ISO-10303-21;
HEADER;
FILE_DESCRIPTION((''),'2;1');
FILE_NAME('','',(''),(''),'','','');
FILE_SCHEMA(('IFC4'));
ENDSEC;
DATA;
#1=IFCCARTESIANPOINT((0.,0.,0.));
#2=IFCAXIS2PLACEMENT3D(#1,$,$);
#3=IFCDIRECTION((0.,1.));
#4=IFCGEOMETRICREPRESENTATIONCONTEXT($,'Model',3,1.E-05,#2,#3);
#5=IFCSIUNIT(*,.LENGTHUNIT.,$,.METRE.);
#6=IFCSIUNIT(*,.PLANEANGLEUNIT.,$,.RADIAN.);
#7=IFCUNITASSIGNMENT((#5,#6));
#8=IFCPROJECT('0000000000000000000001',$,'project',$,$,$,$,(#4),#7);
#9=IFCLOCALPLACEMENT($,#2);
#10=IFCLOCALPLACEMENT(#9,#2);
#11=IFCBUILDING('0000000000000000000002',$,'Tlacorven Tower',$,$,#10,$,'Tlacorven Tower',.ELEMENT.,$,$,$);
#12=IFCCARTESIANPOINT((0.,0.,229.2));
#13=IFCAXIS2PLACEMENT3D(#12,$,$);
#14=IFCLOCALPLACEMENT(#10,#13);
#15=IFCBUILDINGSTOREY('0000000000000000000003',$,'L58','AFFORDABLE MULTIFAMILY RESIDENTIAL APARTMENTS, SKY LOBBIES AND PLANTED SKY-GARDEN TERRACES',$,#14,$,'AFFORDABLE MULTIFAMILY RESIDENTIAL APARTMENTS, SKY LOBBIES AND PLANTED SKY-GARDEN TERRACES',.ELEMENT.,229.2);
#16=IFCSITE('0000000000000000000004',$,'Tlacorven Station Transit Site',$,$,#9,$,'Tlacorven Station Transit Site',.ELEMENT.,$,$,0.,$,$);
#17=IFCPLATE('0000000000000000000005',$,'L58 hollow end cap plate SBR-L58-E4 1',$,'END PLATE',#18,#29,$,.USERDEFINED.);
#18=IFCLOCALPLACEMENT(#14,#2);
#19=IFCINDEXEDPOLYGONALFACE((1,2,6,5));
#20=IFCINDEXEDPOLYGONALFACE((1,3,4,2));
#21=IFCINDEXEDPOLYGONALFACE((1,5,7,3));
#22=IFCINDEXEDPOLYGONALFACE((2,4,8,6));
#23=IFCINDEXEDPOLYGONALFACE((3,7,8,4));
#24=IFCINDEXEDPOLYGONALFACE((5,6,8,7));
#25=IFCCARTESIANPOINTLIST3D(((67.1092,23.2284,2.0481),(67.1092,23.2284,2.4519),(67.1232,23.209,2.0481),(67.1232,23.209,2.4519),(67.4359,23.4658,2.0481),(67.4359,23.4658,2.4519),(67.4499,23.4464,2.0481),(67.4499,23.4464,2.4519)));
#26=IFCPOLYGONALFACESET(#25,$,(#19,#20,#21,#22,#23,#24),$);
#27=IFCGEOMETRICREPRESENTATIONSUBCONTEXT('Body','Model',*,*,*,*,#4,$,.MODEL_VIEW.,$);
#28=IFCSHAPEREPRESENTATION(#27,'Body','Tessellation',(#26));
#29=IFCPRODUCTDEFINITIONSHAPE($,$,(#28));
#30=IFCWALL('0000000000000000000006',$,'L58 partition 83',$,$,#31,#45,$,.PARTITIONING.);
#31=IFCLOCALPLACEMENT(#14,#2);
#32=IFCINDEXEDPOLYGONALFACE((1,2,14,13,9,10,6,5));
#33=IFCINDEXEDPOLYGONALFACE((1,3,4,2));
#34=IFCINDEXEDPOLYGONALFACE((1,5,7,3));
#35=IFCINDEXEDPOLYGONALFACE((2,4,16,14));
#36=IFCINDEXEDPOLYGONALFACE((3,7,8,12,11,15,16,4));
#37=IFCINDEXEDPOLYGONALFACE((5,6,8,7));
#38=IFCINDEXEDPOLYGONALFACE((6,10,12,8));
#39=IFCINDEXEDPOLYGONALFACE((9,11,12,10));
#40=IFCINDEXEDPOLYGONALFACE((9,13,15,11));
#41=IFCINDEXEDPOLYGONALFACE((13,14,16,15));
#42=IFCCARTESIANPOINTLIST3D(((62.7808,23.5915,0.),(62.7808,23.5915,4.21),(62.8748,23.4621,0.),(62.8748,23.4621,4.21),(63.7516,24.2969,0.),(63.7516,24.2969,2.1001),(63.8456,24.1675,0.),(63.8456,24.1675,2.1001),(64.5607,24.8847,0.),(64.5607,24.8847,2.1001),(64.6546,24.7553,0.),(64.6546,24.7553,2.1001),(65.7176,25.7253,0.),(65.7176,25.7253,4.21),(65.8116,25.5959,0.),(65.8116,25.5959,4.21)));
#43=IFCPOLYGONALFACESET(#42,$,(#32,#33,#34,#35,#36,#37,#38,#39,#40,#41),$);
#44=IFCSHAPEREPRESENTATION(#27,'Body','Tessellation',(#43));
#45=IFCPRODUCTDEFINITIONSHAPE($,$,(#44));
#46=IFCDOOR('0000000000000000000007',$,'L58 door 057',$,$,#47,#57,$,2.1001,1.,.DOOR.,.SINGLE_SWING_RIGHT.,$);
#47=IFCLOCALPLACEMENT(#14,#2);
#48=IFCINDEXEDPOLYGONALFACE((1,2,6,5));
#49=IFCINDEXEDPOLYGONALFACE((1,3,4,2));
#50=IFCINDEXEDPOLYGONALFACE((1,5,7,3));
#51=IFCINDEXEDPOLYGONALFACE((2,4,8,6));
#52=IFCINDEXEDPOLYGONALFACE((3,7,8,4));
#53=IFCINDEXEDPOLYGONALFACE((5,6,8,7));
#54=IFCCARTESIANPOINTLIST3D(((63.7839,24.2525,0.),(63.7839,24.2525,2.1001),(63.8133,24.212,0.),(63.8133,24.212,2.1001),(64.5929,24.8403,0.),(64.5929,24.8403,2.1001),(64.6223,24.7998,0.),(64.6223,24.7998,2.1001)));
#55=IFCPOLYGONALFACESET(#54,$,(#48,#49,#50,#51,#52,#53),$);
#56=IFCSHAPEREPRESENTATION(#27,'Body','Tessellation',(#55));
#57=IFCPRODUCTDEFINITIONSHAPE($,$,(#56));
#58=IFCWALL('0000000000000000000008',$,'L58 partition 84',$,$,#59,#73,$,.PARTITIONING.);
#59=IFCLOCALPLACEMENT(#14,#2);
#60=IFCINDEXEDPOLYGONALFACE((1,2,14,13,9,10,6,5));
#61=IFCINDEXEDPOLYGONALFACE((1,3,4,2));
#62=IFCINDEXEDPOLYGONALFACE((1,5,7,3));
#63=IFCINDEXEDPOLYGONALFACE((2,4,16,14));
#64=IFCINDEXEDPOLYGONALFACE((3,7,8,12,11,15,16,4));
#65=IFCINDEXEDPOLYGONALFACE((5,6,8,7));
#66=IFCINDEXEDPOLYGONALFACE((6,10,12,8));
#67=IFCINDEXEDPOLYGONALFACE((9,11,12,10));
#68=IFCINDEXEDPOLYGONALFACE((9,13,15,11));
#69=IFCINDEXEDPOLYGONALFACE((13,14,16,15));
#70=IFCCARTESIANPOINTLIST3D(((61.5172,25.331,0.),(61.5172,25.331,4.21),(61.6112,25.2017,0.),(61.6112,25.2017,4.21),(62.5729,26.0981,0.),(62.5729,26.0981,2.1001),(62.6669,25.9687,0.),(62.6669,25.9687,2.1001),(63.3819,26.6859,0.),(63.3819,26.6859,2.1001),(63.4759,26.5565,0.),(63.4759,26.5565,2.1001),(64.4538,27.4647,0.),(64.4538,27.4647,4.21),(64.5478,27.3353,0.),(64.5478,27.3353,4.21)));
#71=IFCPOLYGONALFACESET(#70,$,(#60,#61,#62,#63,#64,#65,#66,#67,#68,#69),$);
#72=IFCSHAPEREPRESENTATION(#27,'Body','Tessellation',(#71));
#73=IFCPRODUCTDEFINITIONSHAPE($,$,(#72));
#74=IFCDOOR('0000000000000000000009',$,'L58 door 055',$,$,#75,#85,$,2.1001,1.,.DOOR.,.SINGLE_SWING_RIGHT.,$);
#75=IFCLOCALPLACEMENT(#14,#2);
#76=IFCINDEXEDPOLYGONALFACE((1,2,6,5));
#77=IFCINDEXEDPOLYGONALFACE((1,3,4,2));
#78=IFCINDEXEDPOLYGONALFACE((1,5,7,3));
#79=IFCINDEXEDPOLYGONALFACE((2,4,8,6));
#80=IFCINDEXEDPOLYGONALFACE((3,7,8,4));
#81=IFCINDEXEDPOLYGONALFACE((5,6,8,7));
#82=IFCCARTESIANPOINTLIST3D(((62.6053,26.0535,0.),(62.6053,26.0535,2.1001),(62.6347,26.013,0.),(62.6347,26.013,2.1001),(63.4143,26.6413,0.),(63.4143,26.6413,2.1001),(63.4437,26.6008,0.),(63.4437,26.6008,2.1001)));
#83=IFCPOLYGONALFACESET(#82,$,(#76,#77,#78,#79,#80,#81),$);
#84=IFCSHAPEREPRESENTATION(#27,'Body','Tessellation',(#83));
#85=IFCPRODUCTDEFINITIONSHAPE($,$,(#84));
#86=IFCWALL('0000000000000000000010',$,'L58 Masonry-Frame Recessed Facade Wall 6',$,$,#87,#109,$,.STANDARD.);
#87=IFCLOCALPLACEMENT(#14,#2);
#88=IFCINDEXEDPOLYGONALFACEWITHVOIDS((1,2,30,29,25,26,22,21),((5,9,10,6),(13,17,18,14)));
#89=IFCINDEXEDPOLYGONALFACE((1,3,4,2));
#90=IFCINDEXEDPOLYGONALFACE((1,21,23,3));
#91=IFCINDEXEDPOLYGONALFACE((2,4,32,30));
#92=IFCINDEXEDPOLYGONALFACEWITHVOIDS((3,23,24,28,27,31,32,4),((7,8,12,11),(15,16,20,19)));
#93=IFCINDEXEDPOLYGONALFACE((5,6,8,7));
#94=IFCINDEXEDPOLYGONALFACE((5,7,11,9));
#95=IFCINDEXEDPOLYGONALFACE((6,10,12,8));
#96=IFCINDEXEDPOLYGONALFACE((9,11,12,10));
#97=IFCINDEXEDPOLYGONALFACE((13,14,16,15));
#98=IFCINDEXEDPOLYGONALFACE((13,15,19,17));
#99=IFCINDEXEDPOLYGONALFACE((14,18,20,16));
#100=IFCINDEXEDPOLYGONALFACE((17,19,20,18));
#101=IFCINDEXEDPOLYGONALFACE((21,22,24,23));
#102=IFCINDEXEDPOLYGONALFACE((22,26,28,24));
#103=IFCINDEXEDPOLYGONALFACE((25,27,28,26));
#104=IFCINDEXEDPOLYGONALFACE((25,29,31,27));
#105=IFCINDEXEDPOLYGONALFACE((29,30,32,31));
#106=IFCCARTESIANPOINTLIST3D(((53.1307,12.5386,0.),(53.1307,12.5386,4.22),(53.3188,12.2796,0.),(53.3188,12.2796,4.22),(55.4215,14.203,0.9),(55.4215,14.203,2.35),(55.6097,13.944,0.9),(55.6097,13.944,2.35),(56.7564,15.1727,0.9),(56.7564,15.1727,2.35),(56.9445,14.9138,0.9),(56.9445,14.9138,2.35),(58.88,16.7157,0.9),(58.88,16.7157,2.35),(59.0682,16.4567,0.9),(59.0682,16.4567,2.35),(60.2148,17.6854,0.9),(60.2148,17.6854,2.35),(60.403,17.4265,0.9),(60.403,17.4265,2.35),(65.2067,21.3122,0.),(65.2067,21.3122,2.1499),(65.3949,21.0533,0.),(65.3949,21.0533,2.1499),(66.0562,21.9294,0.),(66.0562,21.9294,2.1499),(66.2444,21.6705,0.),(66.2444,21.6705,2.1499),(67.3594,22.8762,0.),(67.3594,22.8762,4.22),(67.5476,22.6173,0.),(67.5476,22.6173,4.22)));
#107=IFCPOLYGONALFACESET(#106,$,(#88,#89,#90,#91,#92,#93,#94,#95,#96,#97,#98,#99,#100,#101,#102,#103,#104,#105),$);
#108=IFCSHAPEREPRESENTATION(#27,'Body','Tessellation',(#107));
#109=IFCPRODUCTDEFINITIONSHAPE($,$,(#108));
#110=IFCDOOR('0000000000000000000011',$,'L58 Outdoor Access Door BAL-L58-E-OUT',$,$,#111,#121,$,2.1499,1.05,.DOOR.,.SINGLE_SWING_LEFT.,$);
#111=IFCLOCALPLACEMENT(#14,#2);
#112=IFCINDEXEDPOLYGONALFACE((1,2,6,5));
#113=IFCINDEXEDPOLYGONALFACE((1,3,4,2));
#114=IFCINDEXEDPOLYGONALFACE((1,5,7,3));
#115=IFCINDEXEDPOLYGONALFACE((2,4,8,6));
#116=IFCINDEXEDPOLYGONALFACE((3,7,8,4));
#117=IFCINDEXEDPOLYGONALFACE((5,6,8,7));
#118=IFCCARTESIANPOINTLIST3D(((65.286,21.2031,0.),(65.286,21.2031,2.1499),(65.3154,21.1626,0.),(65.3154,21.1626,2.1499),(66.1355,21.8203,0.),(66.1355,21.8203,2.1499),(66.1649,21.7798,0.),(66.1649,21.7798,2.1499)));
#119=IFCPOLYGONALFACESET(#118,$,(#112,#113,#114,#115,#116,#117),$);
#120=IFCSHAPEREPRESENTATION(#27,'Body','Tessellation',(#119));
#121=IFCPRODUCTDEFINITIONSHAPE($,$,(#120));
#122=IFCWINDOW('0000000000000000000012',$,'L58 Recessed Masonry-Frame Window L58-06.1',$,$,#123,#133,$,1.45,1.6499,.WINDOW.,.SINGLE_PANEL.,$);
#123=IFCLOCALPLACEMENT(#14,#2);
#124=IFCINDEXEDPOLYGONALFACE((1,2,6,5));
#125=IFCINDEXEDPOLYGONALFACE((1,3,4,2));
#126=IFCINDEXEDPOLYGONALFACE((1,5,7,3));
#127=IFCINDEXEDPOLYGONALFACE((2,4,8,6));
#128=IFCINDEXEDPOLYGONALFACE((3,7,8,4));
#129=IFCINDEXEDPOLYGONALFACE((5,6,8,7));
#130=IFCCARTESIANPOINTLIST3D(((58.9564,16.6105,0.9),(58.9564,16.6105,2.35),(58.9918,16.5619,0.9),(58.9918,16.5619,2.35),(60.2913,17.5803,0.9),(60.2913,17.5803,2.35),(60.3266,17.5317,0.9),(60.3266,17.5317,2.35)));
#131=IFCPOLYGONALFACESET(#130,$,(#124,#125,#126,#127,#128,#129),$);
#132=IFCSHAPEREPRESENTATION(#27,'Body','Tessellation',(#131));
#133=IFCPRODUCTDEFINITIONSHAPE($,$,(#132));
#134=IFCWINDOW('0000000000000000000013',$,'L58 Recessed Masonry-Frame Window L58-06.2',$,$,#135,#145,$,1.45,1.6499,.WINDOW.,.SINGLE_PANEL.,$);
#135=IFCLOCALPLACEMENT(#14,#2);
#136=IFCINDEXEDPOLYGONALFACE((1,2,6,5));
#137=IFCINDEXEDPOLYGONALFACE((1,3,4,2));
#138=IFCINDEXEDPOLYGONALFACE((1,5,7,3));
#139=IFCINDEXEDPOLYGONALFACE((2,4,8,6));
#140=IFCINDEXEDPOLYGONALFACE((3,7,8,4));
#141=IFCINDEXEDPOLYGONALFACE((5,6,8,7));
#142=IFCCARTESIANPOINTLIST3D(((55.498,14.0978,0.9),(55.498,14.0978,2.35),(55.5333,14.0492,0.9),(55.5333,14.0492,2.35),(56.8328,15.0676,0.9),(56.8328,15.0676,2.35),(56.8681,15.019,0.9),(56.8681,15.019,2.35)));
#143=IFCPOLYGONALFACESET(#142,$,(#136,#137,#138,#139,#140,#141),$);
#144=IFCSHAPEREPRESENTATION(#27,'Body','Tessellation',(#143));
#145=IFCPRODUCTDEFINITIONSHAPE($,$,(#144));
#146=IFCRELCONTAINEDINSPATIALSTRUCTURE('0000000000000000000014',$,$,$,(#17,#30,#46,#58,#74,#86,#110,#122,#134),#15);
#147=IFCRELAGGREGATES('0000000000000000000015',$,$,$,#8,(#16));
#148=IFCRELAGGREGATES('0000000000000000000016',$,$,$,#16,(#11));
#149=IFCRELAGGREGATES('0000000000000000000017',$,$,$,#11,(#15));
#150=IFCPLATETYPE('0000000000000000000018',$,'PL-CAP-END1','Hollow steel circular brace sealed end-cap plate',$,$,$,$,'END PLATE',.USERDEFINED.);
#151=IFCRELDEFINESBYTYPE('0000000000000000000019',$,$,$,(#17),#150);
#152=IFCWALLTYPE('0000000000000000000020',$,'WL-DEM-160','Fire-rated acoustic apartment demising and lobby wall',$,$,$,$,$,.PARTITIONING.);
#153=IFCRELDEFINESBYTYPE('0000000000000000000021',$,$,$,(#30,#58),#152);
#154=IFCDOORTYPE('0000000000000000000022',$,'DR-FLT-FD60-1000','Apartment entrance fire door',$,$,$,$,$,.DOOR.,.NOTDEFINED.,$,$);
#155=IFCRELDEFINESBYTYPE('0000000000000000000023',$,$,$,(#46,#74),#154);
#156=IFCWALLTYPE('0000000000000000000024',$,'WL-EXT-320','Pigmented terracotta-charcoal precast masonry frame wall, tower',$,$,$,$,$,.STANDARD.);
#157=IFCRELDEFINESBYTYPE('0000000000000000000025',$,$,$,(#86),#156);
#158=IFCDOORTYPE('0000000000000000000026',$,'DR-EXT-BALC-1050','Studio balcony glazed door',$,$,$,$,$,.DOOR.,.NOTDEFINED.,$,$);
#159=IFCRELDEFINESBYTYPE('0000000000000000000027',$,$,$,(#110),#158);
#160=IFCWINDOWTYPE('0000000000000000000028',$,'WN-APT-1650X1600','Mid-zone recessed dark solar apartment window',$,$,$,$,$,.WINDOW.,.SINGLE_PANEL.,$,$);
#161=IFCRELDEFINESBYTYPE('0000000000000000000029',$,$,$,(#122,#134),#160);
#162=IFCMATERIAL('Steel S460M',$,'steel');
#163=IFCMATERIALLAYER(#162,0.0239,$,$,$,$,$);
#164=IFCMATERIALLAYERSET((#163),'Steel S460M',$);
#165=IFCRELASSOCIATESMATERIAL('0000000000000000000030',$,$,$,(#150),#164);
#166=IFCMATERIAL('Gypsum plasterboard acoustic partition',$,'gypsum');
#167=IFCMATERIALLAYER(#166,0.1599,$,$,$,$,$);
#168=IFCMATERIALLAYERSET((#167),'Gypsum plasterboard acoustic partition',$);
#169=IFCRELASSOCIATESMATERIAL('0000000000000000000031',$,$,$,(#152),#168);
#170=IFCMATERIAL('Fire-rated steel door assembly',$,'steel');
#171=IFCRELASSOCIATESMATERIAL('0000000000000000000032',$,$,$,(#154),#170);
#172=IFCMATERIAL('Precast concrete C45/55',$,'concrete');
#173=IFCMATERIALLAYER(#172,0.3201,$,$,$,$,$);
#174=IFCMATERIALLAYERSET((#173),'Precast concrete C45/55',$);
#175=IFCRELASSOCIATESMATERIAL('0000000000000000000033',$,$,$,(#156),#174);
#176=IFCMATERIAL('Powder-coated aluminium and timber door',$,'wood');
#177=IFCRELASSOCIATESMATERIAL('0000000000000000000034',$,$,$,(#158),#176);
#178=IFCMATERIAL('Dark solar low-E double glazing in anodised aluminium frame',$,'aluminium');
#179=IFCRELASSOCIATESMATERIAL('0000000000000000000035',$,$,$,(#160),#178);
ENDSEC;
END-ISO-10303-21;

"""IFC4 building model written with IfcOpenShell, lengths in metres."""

from ifc_helpers import new_model, si_unit, direction, frame, frame_2d, origin, origin_2d, place, context, subcontext, project, spatial, rectangle, extrude, source, transform, mapped, material, layer, layer_set, type_object, element, fill, save


model = new_model("IFC4")

# Units and contexts
model_context = context("Model", 3, precision=1e-05, world=origin(), true_north=direction((0.0, 1.0)))
body_context = subcontext(model_context, "Body", "Model", "MODEL_VIEW")
ifc_project = project(units=[si_unit("LENGTHUNIT", "METRE"), si_unit("PLANEANGLEUNIT", "RADIAN")], contexts=[model_context])

# Site, building, storey
site_placement = place(None, origin())
site = spatial("IfcSite", under=ifc_project, at=site_placement, Name="Tlacorven Station Transit Site", LongName="Tlacorven Station Transit Site", CompositionType="ELEMENT", RefElevation=0.0)
building_placement = place(site_placement, origin())
building = spatial("IfcBuilding", under=site, at=building_placement, Name="Tlacorven Tower", LongName="Tlacorven Tower", CompositionType="ELEMENT")
storey_placement = place(building_placement, frame((0.0, 0.0, 229.2)))
storey = spatial("IfcBuildingStorey", under=building, at=storey_placement, Name="L58", Description="AFFORDABLE MULTIFAMILY RESIDENTIAL APARTMENTS, SKY LOBBIES AND PLANTED SKY-GARDEN TERRACES", LongName="AFFORDABLE MULTIFAMILY RESIDENTIAL APARTMENTS, SKY LOBBIES AND PLANTED SKY-GARDEN TERRACES", CompositionType="ELEMENT", Elevation=229.2)

# Shared definitions
ifc_material_1 = material(Name="Steel S460M", Category="steel")

# Plate
ifc_layer_1 = layer(ifc_material_1, 0.0239)
ifc_layer_set_1 = layer_set([ifc_layer_1], Name="Steel S460M")
plate_type_1 = type_object("IfcPlateType", Name="PL-CAP-END1", Description="Hollow steel circular brace sealed end-cap plate", ElementType="END PLATE", PredefinedType="USERDEFINED", material=ifc_layer_set_1)
shared_shape_1 = source(origin(), body_context, "Body", "SweptSolid", [
    extrude(rectangle(XDim=0.0239, YDim=0.4038, at=origin_2d()), origin(), (0.0, 0.0, 1.0), 0.4038),
])
plate_1_placement = place(storey_placement, frame((67.2795, 23.3374, 2.0481), z_axis=(0.0, 0.0, 1.0), x_axis=(0.587785, -0.809017, 0.0)))
element("IfcPlate", 1, at=plate_1_placement, inside=storey, type_object=plate_type_1, Name="L58 hollow end cap plate SBR-L58-E4 1", ObjectType="END PLATE", PredefinedType="USERDEFINED", context=body_context, shape_type="MappedRepresentation", body=[
    mapped(shared_shape_1, transform((0.0, 0.0, 0.0), scale=1.0)),
])

# Walls, openings, doors
ifc_material_2 = material(Name="Gypsum plasterboard acoustic partition", Category="gypsum")
ifc_layer_2 = layer(ifc_material_2, 0.1599)
ifc_layer_set_2 = layer_set([ifc_layer_2], Name="Gypsum plasterboard acoustic partition")
wall_type_1 = type_object("IfcWallType", Name="WL-DEM-160", Description="Fire-rated acoustic apartment demising and lobby wall", PredefinedType="PARTITIONING", material=ifc_layer_set_2)
wall_1_placement = place(storey_placement, frame((62.8279, 23.5269, 0.0), z_axis=(0.0, 0.0, 1.0), x_axis=(0.809004, 0.587804, 0.0)))
wall_1 = element("IfcWall", 2, at=wall_1_placement, inside=storey, type_object=wall_type_1, Name="L58 partition 83", PredefinedType="PARTITIONING", context=body_context, shape_type="SweptSolid", body=[
    extrude(rectangle(XDim=3.6301, YDim=0.1599, at=frame_2d((1.8149, 0.0))), origin(), (0.0, 0.0, 1.0), 4.21),
])
opening_1_placement = place(wall_1_placement, frame((1.2, 0.0, 0.0)))
opening_1 = element("IfcOpeningElement", 3, at=opening_1_placement, cuts=wall_1, PredefinedType="OPENING", context=body_context, shape_type="SweptSolid", body=[
    extrude(rectangle(XDim=1.0, YDim=2.1001, at=frame_2d((0.5, 1.05))), frame((0.0, 0.0898, 0.0), z_axis=(0.0, -1.0, 0.0), x_axis=(1.0, 0.0, 0.0)), (0.0, 0.0, 1.0), 0.1799),
])
ifc_material_3 = material(Name="Fire-rated steel door assembly", Category="steel")
door_type_1 = type_object("IfcDoorType", Name="DR-FLT-FD60-1000", Description="Apartment entrance fire door", OperationType="NOTDEFINED", PredefinedType="DOOR", material=ifc_material_3)
shared_shape_2 = source(origin(), body_context, "Body", "SweptSolid", [
    extrude(rectangle(XDim=1.0, YDim=2.1001, at=frame_2d((0.5, 1.05))), frame((0.0, 0.0249, 0.0), z_axis=(0.0, -1.0, 0.0), x_axis=(1.0, 0.0, 0.0)), (0.0, 0.0, 1.0), 0.05),
])
door_1_placement = place(opening_1_placement, frame((1.0, 0.0, 0.0), z_axis=(0.0, 0.0, 1.0), x_axis=(-1.0, 0.0, 0.0)))
door_1 = element("IfcDoor", 4, at=door_1_placement, inside=storey, type_object=door_type_1, Name="L58 door 057", OperationType="SINGLE_SWING_RIGHT", OverallHeight=2.1001, OverallWidth=1.0, PredefinedType="DOOR", context=body_context, shape_type="MappedRepresentation", body=[
    mapped(shared_shape_2, transform((0.0, 0.0, 0.0), scale=1.0)),
])
fill(opening_1, door_1)
wall_2_placement = place(storey_placement, frame((61.5642, 25.2664, 0.0), z_axis=(0.0, 0.0, 1.0), x_axis=(0.809012, 0.587792, 0.0)))
wall_2 = element("IfcWall", 5, at=wall_2_placement, inside=storey, type_object=wall_type_1, Name="L58 partition 84", PredefinedType="PARTITIONING", context=body_context, shape_type="SweptSolid", body=[
    extrude(rectangle(XDim=3.6299, YDim=0.1599, at=frame_2d((1.8149, 0.0))), origin(), (0.0, 0.0, 1.0), 4.21),
])
opening_2_placement = place(wall_2_placement, frame((1.3049, 0.0, 0.0)))
opening_2 = element("IfcOpeningElement", 6, at=opening_2_placement, cuts=wall_2, PredefinedType="OPENING", context=body_context, shape_type="SweptSolid", body=[
    extrude(rectangle(XDim=1.0, YDim=2.1001, at=frame_2d((0.5, 1.05))), frame((0.0, 0.0898, 0.0), z_axis=(0.0, -1.0, 0.0), x_axis=(1.0, 0.0, 0.0)), (0.0, 0.0, 1.0), 0.1799),
])
door_2_placement = place(opening_2_placement, origin())
door_2 = element("IfcDoor", 7, at=door_2_placement, inside=storey, type_object=door_type_1, Name="L58 door 055", OperationType="SINGLE_SWING_RIGHT", OverallHeight=2.1001, OverallWidth=1.0, PredefinedType="DOOR", context=body_context, shape_type="MappedRepresentation", body=[
    mapped(shared_shape_2, transform((0.0, 0.0, 0.0), scale=1.0)),
])
fill(opening_2, door_2)

# Wall, openings, door, windows
ifc_material_4 = material(Name="Precast concrete C45/55", Category="concrete")
ifc_layer_3 = layer(ifc_material_4, 0.3201)
ifc_layer_set_3 = layer_set([ifc_layer_3], Name="Precast concrete C45/55")
wall_type_2 = type_object("IfcWallType", Name="WL-EXT-320", Description="Pigmented terracotta-charcoal precast masonry frame wall, tower", PredefinedType="STANDARD", material=ifc_layer_set_3)
wall_3_placement = place(storey_placement, frame((67.4536, 22.7468, 0.0), z_axis=(0.0, 0.0, 1.0), x_axis=(-0.809021, -0.58778, 0.0)))
wall_3 = element("IfcWall", 8, at=wall_3_placement, inside=storey, type_object=wall_type_2, Name="L58 Masonry-Frame Recessed Facade Wall 6", PredefinedType="STANDARD", context=body_context, shape_type="SweptSolid", body=[
    extrude(rectangle(XDim=17.5876, YDim=0.3201, at=frame_2d((8.7939, 0.0))), origin(), (0.0, 0.0, 1.0), 4.22),
])
opening_3_placement = place(wall_3_placement, frame((1.6111, 0.0, 0.0)))
opening_3 = element("IfcOpeningElement", 9, at=opening_3_placement, cuts=wall_3, PredefinedType="OPENING", context=body_context, shape_type="SweptSolid", body=[
    extrude(rectangle(XDim=1.05, YDim=2.1499, at=frame_2d((0.5249, 1.075))), frame((0.0, 0.1699, 0.0), z_axis=(0.0, -1.0, 0.0), x_axis=(1.0, 0.0, 0.0)), (0.0, 0.0, 1.0), 0.3401),
])
opening_4_placement = place(wall_3_placement, frame((8.8313, 0.0, 0.8999)))
opening_4 = element("IfcOpeningElement", 10, at=opening_4_placement, cuts=wall_3, PredefinedType="OPENING", context=body_context, shape_type="SweptSolid", body=[
    extrude(rectangle(XDim=1.6499, YDim=1.45, at=frame_2d((0.825, 0.7251))), frame((0.0, 0.1699, 0.0), z_axis=(0.0, -1.0, 0.0), x_axis=(1.0, 0.0, 0.0)), (0.0, 0.0, 1.0), 0.3401),
])
opening_5_placement = place(wall_3_placement, frame((13.1062, 0.0, 0.8999)))
opening_5 = element("IfcOpeningElement", 11, at=opening_5_placement, cuts=wall_3, PredefinedType="OPENING", context=body_context, shape_type="SweptSolid", body=[
    extrude(rectangle(XDim=1.6499, YDim=1.45, at=frame_2d((0.825, 0.7251))), frame((0.0, 0.1699, 0.0), z_axis=(0.0, -1.0, 0.0), x_axis=(1.0, 0.0, 0.0)), (0.0, 0.0, 1.0), 0.3401),
])
ifc_material_5 = material(Name="Powder-coated aluminium and timber door", Category="wood")
door_type_2 = type_object("IfcDoorType", Name="DR-EXT-BALC-1050", Description="Studio balcony glazed door", OperationType="NOTDEFINED", PredefinedType="DOOR", material=ifc_material_5)
shared_shape_3 = source(origin(), body_context, "Body", "SweptSolid", [
    extrude(rectangle(XDim=1.05, YDim=2.1499, at=frame_2d((0.5249, 1.075))), frame((0.0, 0.0249, 0.0), z_axis=(0.0, -1.0, 0.0), x_axis=(1.0, 0.0, 0.0)), (0.0, 0.0, 1.0), 0.05),
])
door_3_placement = place(opening_3_placement, origin())
door_3 = element("IfcDoor", 12, at=door_3_placement, inside=storey, type_object=door_type_2, Name="L58 Outdoor Access Door BAL-L58-E-OUT", OperationType="SINGLE_SWING_LEFT", OverallHeight=2.1499, OverallWidth=1.05, PredefinedType="DOOR", context=body_context, shape_type="MappedRepresentation", body=[
    mapped(shared_shape_3, transform((0.0, 0.0, 0.0), scale=1.0)),
])
fill(opening_3, door_3)
ifc_material_6 = material(Name="Dark solar low-E double glazing in anodised aluminium frame", Category="aluminium")
window_type = type_object("IfcWindowType", Name="WN-APT-1650X1600", Description="Mid-zone recessed dark solar apartment window", PartitioningType="SINGLE_PANEL", PredefinedType="WINDOW", material=ifc_material_6)
shared_shape_4 = source(origin(), body_context, "Body", "SweptSolid", [
    extrude(rectangle(XDim=1.6499, YDim=1.45, at=frame_2d((0.825, 0.7251))), frame((0.0, 0.03, 0.0), z_axis=(0.0, -1.0, 0.0), x_axis=(1.0, 0.0, 0.0)), (0.0, 0.0, 1.0), 0.0601),
])
window_1_placement = place(opening_4_placement, origin())
window_1 = element("IfcWindow", 13, at=window_1_placement, inside=storey, type_object=window_type, Name="L58 Recessed Masonry-Frame Window L58-06.1", OverallHeight=1.45, OverallWidth=1.6499, PartitioningType="SINGLE_PANEL", PredefinedType="WINDOW", context=body_context, shape_type="MappedRepresentation", body=[
    mapped(shared_shape_4, transform((0.0, 0.0, 0.0), scale=1.0)),
])
fill(opening_4, window_1)
window_2_placement = place(opening_5_placement, origin())
window_2 = element("IfcWindow", 14, at=window_2_placement, inside=storey, type_object=window_type, Name="L58 Recessed Masonry-Frame Window L58-06.2", OverallHeight=1.45, OverallWidth=1.6499, PartitioningType="SINGLE_PANEL", PredefinedType="WINDOW", context=body_context, shape_type="MappedRepresentation", body=[
    mapped(shared_shape_4, transform((0.0, 0.0, 0.0), scale=1.0)),
])
fill(opening_5, window_2)

save(model, "model.ifc")
